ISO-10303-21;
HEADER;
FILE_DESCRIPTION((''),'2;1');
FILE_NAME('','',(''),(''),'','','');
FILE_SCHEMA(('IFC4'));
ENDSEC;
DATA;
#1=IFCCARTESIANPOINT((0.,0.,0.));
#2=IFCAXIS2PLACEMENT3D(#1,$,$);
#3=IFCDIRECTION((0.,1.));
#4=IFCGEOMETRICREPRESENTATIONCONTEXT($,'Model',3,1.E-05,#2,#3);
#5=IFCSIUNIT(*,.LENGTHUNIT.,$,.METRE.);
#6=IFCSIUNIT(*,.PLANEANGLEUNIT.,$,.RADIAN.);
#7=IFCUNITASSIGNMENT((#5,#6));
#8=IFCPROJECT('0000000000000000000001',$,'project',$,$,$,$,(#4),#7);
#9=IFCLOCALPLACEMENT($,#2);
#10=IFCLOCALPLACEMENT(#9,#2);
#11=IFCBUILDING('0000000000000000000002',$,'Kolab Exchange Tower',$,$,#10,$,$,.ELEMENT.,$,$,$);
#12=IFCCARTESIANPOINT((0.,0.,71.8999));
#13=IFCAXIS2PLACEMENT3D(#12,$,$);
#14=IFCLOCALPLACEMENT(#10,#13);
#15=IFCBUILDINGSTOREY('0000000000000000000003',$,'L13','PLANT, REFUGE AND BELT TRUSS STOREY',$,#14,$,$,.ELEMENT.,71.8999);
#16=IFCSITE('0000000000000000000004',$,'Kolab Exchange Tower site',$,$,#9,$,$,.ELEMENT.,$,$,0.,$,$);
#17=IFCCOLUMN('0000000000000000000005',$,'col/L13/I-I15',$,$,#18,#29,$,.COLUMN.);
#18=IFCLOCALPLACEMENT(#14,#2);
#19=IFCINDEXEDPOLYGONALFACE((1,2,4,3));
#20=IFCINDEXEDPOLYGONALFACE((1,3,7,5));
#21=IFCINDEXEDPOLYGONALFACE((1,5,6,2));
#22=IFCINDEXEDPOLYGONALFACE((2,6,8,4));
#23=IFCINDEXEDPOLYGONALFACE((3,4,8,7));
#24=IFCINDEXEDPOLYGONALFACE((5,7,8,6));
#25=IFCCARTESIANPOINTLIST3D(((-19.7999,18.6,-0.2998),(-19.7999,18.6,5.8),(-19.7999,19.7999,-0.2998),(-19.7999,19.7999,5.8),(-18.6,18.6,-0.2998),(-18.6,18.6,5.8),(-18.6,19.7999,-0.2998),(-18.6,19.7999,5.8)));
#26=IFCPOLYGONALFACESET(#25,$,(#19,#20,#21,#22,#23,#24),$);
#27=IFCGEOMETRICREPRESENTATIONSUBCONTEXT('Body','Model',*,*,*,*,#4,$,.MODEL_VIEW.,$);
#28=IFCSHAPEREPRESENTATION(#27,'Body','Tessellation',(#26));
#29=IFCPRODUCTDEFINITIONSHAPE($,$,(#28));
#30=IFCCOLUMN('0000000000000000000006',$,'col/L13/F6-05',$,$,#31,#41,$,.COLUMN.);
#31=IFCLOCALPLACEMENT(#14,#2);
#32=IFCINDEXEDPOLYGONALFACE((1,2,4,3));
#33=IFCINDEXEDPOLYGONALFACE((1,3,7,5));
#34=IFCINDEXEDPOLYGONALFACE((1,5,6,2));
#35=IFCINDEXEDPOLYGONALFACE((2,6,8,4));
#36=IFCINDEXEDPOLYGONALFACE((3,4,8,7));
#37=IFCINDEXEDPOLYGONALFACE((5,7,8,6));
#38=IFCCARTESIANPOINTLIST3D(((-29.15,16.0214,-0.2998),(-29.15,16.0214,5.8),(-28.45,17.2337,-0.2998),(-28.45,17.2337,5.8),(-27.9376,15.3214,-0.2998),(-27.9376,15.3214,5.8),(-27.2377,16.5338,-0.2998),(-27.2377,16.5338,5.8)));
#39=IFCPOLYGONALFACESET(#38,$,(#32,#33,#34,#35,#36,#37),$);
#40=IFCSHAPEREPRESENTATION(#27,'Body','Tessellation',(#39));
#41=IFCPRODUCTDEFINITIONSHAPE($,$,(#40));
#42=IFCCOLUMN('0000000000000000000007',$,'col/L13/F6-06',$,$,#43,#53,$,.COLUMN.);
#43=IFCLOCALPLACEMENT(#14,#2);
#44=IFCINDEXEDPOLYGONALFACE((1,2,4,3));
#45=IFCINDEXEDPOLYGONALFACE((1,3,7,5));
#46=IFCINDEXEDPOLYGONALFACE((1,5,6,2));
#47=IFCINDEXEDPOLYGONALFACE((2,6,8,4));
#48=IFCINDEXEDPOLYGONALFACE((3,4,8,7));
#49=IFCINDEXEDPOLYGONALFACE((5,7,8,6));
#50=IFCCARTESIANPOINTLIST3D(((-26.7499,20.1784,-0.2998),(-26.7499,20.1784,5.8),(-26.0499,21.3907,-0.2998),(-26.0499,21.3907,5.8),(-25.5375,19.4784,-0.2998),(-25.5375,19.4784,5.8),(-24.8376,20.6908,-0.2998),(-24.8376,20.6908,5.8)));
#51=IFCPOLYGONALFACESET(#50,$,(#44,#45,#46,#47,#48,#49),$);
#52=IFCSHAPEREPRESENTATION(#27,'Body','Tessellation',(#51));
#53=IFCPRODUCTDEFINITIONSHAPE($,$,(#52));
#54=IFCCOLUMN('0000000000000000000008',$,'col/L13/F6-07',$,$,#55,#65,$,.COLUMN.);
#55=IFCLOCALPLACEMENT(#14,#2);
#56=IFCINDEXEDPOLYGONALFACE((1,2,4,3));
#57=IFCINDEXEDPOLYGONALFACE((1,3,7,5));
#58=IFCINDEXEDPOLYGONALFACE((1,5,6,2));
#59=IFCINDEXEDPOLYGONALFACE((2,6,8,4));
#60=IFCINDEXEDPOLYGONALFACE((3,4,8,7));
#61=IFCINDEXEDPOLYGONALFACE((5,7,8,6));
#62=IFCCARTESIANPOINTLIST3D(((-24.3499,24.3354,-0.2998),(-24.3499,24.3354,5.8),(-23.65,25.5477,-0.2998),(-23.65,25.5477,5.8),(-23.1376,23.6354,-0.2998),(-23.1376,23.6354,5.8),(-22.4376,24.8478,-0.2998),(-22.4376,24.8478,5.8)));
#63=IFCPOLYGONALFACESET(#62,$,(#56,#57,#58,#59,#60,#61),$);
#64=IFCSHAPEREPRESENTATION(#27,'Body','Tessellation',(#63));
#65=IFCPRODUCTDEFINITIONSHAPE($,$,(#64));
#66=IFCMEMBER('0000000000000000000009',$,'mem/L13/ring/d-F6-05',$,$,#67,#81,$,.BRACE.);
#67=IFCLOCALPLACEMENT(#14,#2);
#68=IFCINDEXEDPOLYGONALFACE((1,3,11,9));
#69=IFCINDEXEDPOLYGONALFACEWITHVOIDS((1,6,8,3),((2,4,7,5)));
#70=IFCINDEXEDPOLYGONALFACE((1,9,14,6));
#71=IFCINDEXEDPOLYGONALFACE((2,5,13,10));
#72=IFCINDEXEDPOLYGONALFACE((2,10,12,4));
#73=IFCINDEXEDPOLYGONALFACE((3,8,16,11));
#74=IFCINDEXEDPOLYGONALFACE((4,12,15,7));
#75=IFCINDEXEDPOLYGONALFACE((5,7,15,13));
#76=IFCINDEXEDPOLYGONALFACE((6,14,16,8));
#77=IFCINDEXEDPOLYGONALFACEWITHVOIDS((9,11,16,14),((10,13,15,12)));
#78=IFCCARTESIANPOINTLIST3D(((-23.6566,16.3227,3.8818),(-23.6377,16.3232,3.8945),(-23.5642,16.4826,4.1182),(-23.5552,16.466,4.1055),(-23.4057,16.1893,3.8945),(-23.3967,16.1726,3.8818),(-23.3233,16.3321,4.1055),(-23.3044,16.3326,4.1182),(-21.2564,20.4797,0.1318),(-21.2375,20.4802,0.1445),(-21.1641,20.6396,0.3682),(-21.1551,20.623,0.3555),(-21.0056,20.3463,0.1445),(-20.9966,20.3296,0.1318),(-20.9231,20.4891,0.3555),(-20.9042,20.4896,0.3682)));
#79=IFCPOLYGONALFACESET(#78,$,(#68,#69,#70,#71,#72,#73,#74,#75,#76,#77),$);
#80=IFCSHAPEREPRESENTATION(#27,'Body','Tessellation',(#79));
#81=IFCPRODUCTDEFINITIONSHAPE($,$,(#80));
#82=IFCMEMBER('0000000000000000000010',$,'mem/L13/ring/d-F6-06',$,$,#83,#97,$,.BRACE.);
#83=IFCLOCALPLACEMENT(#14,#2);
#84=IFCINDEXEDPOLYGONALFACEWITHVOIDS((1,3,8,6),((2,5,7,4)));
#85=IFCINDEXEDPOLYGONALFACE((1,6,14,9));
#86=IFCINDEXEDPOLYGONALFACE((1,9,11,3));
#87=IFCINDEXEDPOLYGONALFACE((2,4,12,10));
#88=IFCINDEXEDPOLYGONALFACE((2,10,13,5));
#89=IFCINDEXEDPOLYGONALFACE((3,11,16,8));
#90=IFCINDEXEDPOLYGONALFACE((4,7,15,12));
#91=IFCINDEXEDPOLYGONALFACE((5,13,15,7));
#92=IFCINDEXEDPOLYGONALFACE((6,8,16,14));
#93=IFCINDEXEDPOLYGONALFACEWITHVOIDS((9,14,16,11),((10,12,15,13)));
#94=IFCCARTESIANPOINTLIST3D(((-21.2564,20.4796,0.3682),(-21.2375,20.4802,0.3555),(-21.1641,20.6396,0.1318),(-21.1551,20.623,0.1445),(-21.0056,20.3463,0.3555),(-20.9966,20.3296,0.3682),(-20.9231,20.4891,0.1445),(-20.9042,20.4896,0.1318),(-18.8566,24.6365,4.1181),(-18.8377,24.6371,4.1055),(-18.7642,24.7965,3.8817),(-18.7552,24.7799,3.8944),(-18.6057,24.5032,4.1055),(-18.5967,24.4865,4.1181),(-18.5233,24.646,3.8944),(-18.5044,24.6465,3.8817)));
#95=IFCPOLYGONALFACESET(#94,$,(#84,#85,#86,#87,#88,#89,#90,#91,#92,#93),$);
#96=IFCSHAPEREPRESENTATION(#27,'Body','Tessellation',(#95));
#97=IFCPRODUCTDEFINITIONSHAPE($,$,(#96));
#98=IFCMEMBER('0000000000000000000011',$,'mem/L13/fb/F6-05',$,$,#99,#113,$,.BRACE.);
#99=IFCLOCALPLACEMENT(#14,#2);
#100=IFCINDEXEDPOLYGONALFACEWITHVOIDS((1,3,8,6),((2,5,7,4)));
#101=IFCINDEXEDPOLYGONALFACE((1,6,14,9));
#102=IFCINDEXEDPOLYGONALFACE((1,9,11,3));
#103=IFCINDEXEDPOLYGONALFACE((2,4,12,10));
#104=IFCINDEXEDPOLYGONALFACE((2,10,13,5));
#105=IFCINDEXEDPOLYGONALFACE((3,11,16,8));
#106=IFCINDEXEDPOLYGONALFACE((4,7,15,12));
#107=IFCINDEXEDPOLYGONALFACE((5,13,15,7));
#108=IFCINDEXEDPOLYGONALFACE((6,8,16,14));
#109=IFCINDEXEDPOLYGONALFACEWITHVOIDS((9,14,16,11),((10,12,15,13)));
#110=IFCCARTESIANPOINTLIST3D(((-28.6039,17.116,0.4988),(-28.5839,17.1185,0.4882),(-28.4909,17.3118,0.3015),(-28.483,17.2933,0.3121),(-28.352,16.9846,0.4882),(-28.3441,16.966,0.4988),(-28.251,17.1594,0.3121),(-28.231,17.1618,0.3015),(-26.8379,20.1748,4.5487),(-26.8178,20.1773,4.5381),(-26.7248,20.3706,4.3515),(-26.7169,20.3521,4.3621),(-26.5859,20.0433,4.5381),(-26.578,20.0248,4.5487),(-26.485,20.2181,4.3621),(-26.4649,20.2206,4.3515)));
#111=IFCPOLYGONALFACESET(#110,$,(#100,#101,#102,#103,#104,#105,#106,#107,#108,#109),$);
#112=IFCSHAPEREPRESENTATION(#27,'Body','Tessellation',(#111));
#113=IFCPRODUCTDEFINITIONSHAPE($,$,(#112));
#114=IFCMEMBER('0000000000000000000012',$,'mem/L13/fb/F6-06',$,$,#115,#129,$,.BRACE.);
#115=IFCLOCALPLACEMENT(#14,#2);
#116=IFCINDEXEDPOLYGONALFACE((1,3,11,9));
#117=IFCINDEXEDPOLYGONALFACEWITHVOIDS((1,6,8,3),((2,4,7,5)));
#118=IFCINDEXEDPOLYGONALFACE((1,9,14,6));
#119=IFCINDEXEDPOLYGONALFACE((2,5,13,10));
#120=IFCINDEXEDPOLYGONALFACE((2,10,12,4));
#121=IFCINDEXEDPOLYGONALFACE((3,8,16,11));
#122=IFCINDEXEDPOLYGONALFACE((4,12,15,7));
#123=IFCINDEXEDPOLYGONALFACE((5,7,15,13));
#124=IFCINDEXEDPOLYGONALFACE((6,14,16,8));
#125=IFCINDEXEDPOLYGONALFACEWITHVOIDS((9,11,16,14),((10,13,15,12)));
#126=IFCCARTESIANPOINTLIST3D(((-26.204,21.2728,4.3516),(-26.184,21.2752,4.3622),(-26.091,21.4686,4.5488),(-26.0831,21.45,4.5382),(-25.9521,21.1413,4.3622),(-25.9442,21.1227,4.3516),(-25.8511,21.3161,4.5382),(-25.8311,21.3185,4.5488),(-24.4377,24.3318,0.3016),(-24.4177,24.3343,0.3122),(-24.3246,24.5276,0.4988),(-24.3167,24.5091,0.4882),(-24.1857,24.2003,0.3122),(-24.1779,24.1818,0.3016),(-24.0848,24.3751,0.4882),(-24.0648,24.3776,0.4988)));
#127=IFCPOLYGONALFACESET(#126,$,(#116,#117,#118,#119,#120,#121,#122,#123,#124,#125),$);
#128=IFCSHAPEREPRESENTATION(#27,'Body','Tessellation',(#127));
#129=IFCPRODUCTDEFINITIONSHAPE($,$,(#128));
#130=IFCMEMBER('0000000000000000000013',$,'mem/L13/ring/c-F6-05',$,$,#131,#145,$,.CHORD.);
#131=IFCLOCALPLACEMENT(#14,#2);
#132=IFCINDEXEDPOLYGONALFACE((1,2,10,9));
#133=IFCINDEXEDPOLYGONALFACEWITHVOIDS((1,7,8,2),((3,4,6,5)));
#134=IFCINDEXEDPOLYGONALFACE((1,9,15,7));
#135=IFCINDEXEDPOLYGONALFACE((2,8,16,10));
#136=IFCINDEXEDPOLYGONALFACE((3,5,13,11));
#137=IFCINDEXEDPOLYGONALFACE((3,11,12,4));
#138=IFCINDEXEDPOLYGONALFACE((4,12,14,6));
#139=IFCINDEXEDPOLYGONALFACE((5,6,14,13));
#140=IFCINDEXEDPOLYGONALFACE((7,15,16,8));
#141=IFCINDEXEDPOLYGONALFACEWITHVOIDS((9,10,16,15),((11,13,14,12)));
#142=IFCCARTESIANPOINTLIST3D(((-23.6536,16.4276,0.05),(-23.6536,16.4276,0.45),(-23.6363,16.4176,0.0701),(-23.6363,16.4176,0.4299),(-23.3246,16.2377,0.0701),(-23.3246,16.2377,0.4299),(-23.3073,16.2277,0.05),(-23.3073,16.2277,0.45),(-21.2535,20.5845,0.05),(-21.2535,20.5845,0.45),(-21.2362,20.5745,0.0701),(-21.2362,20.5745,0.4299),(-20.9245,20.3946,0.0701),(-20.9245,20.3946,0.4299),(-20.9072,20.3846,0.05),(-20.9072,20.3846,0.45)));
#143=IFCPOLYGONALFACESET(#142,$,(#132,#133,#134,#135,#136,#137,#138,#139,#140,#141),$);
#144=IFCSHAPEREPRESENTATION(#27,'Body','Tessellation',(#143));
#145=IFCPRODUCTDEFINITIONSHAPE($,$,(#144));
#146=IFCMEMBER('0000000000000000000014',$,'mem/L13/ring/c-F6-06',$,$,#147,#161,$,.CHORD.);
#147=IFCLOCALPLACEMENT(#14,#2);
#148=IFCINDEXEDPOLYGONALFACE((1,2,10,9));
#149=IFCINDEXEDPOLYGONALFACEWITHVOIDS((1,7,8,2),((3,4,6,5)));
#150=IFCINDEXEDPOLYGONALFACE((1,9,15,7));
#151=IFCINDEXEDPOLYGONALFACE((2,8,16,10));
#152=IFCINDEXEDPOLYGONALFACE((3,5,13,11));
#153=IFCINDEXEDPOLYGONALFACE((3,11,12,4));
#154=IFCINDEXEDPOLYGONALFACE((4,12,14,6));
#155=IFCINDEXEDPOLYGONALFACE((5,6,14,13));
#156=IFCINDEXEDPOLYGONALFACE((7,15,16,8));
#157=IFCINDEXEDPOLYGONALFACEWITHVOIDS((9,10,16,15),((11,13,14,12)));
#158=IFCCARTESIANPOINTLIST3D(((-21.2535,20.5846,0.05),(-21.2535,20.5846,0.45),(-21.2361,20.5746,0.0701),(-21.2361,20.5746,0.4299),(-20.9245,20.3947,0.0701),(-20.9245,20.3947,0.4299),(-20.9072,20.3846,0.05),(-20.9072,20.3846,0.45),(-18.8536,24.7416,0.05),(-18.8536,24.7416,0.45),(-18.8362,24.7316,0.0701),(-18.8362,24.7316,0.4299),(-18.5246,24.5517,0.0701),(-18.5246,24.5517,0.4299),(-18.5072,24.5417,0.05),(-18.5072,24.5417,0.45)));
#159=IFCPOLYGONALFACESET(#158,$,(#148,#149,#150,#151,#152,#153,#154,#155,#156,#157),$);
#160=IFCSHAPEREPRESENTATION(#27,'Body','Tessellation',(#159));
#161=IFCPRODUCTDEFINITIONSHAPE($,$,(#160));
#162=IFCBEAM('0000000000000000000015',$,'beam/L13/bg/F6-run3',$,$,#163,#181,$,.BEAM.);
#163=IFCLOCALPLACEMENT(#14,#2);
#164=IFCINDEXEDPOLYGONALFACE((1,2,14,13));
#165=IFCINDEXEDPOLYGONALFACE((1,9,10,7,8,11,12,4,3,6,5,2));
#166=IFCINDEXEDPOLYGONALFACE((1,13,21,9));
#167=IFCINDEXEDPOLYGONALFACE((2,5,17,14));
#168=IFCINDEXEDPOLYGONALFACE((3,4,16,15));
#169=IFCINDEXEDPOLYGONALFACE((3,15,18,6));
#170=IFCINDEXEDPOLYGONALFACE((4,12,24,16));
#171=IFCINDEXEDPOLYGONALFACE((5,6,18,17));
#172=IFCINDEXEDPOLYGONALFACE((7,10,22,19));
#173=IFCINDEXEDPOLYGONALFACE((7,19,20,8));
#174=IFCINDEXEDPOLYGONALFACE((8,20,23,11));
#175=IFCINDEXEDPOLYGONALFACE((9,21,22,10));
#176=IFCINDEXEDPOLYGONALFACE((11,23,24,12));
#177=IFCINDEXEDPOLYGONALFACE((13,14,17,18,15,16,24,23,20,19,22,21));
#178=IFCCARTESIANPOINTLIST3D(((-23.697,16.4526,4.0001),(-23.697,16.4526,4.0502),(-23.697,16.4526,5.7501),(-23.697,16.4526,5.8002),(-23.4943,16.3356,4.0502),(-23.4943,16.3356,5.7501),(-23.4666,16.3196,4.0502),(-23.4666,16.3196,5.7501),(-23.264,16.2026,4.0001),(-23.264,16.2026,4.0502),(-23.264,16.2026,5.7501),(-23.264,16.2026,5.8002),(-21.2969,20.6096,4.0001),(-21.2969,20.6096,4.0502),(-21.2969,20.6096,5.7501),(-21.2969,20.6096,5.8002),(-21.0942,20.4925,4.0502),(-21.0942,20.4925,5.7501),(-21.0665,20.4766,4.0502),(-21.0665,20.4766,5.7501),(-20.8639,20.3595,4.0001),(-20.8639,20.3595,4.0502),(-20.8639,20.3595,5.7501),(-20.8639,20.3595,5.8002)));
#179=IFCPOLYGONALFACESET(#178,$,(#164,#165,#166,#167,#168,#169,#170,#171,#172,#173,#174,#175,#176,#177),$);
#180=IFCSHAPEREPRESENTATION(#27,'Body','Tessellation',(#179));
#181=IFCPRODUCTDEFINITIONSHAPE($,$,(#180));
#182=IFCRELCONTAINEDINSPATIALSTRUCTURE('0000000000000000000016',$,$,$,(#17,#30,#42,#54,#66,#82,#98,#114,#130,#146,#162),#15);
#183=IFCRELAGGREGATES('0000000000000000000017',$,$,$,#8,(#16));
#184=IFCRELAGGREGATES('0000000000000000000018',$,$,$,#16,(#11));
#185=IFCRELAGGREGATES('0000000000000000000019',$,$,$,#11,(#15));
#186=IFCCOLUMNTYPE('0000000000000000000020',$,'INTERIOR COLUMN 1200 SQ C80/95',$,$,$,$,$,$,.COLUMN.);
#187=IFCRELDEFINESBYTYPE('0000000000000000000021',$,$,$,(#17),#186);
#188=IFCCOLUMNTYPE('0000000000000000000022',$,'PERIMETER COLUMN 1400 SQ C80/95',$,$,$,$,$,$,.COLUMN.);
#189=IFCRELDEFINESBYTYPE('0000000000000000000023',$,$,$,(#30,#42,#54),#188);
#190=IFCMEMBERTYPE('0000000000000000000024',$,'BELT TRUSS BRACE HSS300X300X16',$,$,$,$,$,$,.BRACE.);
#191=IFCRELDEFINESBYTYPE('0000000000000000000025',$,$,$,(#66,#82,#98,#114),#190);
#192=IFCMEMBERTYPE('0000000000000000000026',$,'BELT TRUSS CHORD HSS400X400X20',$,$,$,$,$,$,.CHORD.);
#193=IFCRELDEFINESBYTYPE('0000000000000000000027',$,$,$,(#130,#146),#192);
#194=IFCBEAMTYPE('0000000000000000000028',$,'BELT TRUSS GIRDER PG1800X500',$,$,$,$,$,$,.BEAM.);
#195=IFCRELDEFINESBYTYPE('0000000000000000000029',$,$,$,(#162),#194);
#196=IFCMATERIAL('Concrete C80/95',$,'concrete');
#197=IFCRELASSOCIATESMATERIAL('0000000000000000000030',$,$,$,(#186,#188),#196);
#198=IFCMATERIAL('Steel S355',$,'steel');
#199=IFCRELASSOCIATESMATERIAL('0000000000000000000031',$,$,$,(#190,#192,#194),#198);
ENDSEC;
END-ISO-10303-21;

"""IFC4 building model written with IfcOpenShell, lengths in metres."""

from ifc_helpers import new_model, si_unit, direction, frame, origin, origin_2d, place, context, subcontext, project, spatial, rectangle, hollow_rectangle, i_section, extrude, material, material_profile, profile_set, type_object, element, save


model = new_model("IFC4")

# Units and contexts
model_context = context("Model", 3, precision=1e-05, world=origin(), true_north=direction((0.0, 1.0)))
body_context = subcontext(model_context, "Body", "Model", "MODEL_VIEW")
ifc_project = project(units=[si_unit("LENGTHUNIT", "METRE"), si_unit("PLANEANGLEUNIT", "RADIAN")], contexts=[model_context])

# Site, building, storey
site_placement = place(None, origin())
site = spatial("IfcSite", under=ifc_project, at=site_placement, Name="Kolab Exchange Tower site", CompositionType="ELEMENT", RefElevation=0.0)
building_placement = place(site_placement, origin())
building = spatial("IfcBuilding", under=site, at=building_placement, Name="Kolab Exchange Tower", CompositionType="ELEMENT")
storey_placement = place(building_placement, frame((0.0, 0.0, 71.8999)))
storey = spatial("IfcBuildingStorey", under=building, at=storey_placement, Name="L13", Description="PLANT, REFUGE AND BELT TRUSS STOREY", CompositionType="ELEMENT", Elevation=71.8999)

# Columns
ifc_material_1 = material(Name="Concrete C80/95", Category="concrete")
ifc_material_profile_1 = material_profile(ifc_material_1, rectangle(XDim=1.2, YDim=1.2, at=origin_2d()), Name="RC1200")
ifc_profile_set_1 = profile_set([ifc_material_profile_1], Name="Concrete C80/95")
column_type_1 = type_object("IfcColumnType", Name="INTERIOR COLUMN 1200 SQ C80/95", PredefinedType="COLUMN", material=ifc_profile_set_1)
column_placement = place(storey_placement, frame((-19.2, 19.2, -0.2998), z_axis=(0.0, 0.0, 1.0), x_axis=(1.0, 0.0, 0.0)))
element("IfcColumn", 1, at=column_placement, inside=storey, type_object=column_type_1, Name="col/L13/I-I15", PredefinedType="COLUMN", context=body_context, shape_type="SweptSolid", body=[
    extrude(rectangle(XDim=1.2, YDim=1.2, at=origin_2d()), origin(), (0.0, 0.0, 1.0), 6.0999),
])
ifc_material_profile_2 = material_profile(ifc_material_1, rectangle(XDim=1.3999, YDim=1.3999, at=origin_2d()), Name="RC1400")
ifc_profile_set_2 = profile_set([ifc_material_profile_2], Name="Concrete C80/95")
column_type_2 = type_object("IfcColumnType", Name="PERIMETER COLUMN 1400 SQ C80/95", PredefinedType="COLUMN", material=ifc_profile_set_2)
for number, where, z_axis, x_axis, name in (
    (2, (-28.1938, 16.2776, -0.2998), (0.0, 0.0, 1.0), (0.5, 0.866025, 0.0), "col/L13/F6-05"),
    (3, (-25.7937, 20.4346, -0.2998), (0.0, 0.0, 1.0), (0.5, 0.866025, 0.0), "col/L13/F6-06"),
    (4, (-23.3938, 24.5916, -0.2998), (0.0, 0.0, 1.0), (0.5, 0.866025, 0.0), "col/L13/F6-07"),
):
    element("IfcColumn", number, at=place(storey_placement, frame(where, z_axis=z_axis, x_axis=x_axis)), inside=storey, type_object=column_type_2, Name=name, PredefinedType="COLUMN", context=body_context, shape_type="SweptSolid", body=[
        extrude(rectangle(XDim=1.3999, YDim=1.3999, at=origin_2d()), origin(), (0.0, 0.0, 1.0), 6.0999),
    ])

# Members
ifc_material_2 = material(Name="Steel S355", Category="steel")
ifc_material_profile_3 = material_profile(ifc_material_2, hollow_rectangle(XDim=0.3, YDim=0.3, WallThickness=0.0161, at=origin_2d()), Name="HSS300X300X16")
ifc_profile_set_3 = profile_set([ifc_material_profile_3], Name="Steel S355")
member_type_1 = type_object("IfcMemberType", Name="BELT TRUSS BRACE HSS300X300X16", PredefinedType="BRACE", material=ifc_profile_set_3)
member_1_placement = place(storey_placement, frame((-23.4805, 16.3276, 4.0), z_axis=(0.39403, 0.682448, -0.615634), x_axis=(-0.866015, 0.500017, 0.0)))
element("IfcMember", 5, at=member_1_placement, inside=storey, type_object=member_type_1, Name="mem/L13/ring/d-F6-05", PredefinedType="BRACE", context=body_context, shape_type="SweptSolid", body=[
    extrude(hollow_rectangle(XDim=0.3, YDim=0.3, WallThickness=0.0161, at=origin_2d()), origin(), (0.0, 0.0, 1.0), 6.0913),
])
member_2_placement = place(storey_placement, frame((-21.0803, 20.4846, 0.25), z_axis=(0.393996, 0.682459, 0.615644), x_axis=(-0.866037, 0.499979, 0.0)))
element("IfcMember", 6, at=member_2_placement, inside=storey, type_object=member_type_1, Name="mem/L13/ring/d-F6-06", PredefinedType="BRACE", context=body_context, shape_type="SweptSolid", body=[
    extrude(hollow_rectangle(XDim=0.3, YDim=0.3, WallThickness=0.0161, at=origin_2d()), origin(), (0.0, 0.0, 1.0), 6.0911),
])
member_3_placement = place(storey_placement, frame((-28.4175, 17.1389, 0.4001), z_axis=(0.328648, 0.569205, 0.753655), x_axis=(-0.866014, 0.50002, 0.0)))
element("IfcMember", 7, at=member_3_placement, inside=storey, type_object=member_type_1, Name="mem/L13/fb/F6-05", PredefinedType="BRACE", context=body_context, shape_type="SweptSolid", body=[
    extrude(hollow_rectangle(XDim=0.3, YDim=0.3, WallThickness=0.0161, at=origin_2d()), origin(), (0.0, 0.0, 1.0), 5.3738),
])
member_4_placement = place(storey_placement, frame((-26.0176, 21.2957, 4.4502), z_axis=(0.32868, 0.569227, -0.753624), x_axis=(-0.866001, 0.500042, 0.0)))
element("IfcMember", 8, at=member_4_placement, inside=storey, type_object=member_type_1, Name="mem/L13/fb/F6-06", PredefinedType="BRACE", context=body_context, shape_type="SweptSolid", body=[
    extrude(hollow_rectangle(XDim=0.3, YDim=0.3, WallThickness=0.0161, at=origin_2d()), origin(), (0.0, 0.0, 1.0), 5.374),
])
ifc_material_profile_4 = material_profile(ifc_material_2, hollow_rectangle(XDim=0.3999, YDim=0.3999, WallThickness=0.02, at=origin_2d()), Name="HSS400X400X20")
ifc_profile_set_4 = profile_set([ifc_material_profile_4], Name="Steel S355")
member_type_2 = type_object("IfcMemberType", Name="BELT TRUSS CHORD HSS400X400X20", PredefinedType="CHORD", material=ifc_profile_set_4)
for number, where, z_axis, x_axis, name in (
    (9, (-23.4805, 16.3276, 0.25), (0.500017, 0.866015, 0.0), (-0.866015, 0.500017, 0.0), "mem/L13/ring/c-F6-05"),
    (10, (-21.0803, 20.4846, 0.25), (0.499979, 0.866037, 0.0), (-0.866037, 0.499979, 0.0), "mem/L13/ring/c-F6-06"),
):
    element("IfcMember", number, at=place(storey_placement, frame(where, z_axis=z_axis, x_axis=x_axis)), inside=storey, type_object=member_type_2, Name=name, PredefinedType="CHORD", context=body_context, shape_type="SweptSolid", body=[
        extrude(hollow_rectangle(XDim=0.3999, YDim=0.3999, WallThickness=0.02, at=origin_2d()), origin(), (0.0, 0.0, 1.0), 4.8),
    ])

# Beam
ifc_material_profile_5 = material_profile(ifc_material_2, i_section(OverallWidth=0.5, OverallDepth=1.8, WebThickness=0.032, FlangeThickness=0.05, at=origin_2d()), Name="PG1800X500")
ifc_profile_set_5 = profile_set([ifc_material_profile_5], Name="Steel S355")
beam_type_1 = type_object("IfcBeamType", Name="BELT TRUSS GIRDER PG1800X500", PredefinedType="BEAM", material=ifc_profile_set_5)
for number, where, z_axis, x_axis, name in (
    (11, (-23.4805, 16.3276, 4.9001), (0.500017, 0.866015, 0.0), (-0.866015, 0.500017, 0.0), "beam/L13/bg/F6-run3"),
):
    element("IfcBeam", number, at=place(storey_placement, frame(where, z_axis=z_axis, x_axis=x_axis)), inside=storey, type_object=beam_type_1, Name=name, PredefinedType="BEAM", context=body_context, shape_type="SweptSolid", body=[
        extrude(i_section(OverallWidth=0.5, OverallDepth=1.8, WebThickness=0.032, FlangeThickness=0.05, at=origin_2d()), origin(), (0.0, 0.0, 1.0), 4.8),
    ])

save(model, "model.ifc")
